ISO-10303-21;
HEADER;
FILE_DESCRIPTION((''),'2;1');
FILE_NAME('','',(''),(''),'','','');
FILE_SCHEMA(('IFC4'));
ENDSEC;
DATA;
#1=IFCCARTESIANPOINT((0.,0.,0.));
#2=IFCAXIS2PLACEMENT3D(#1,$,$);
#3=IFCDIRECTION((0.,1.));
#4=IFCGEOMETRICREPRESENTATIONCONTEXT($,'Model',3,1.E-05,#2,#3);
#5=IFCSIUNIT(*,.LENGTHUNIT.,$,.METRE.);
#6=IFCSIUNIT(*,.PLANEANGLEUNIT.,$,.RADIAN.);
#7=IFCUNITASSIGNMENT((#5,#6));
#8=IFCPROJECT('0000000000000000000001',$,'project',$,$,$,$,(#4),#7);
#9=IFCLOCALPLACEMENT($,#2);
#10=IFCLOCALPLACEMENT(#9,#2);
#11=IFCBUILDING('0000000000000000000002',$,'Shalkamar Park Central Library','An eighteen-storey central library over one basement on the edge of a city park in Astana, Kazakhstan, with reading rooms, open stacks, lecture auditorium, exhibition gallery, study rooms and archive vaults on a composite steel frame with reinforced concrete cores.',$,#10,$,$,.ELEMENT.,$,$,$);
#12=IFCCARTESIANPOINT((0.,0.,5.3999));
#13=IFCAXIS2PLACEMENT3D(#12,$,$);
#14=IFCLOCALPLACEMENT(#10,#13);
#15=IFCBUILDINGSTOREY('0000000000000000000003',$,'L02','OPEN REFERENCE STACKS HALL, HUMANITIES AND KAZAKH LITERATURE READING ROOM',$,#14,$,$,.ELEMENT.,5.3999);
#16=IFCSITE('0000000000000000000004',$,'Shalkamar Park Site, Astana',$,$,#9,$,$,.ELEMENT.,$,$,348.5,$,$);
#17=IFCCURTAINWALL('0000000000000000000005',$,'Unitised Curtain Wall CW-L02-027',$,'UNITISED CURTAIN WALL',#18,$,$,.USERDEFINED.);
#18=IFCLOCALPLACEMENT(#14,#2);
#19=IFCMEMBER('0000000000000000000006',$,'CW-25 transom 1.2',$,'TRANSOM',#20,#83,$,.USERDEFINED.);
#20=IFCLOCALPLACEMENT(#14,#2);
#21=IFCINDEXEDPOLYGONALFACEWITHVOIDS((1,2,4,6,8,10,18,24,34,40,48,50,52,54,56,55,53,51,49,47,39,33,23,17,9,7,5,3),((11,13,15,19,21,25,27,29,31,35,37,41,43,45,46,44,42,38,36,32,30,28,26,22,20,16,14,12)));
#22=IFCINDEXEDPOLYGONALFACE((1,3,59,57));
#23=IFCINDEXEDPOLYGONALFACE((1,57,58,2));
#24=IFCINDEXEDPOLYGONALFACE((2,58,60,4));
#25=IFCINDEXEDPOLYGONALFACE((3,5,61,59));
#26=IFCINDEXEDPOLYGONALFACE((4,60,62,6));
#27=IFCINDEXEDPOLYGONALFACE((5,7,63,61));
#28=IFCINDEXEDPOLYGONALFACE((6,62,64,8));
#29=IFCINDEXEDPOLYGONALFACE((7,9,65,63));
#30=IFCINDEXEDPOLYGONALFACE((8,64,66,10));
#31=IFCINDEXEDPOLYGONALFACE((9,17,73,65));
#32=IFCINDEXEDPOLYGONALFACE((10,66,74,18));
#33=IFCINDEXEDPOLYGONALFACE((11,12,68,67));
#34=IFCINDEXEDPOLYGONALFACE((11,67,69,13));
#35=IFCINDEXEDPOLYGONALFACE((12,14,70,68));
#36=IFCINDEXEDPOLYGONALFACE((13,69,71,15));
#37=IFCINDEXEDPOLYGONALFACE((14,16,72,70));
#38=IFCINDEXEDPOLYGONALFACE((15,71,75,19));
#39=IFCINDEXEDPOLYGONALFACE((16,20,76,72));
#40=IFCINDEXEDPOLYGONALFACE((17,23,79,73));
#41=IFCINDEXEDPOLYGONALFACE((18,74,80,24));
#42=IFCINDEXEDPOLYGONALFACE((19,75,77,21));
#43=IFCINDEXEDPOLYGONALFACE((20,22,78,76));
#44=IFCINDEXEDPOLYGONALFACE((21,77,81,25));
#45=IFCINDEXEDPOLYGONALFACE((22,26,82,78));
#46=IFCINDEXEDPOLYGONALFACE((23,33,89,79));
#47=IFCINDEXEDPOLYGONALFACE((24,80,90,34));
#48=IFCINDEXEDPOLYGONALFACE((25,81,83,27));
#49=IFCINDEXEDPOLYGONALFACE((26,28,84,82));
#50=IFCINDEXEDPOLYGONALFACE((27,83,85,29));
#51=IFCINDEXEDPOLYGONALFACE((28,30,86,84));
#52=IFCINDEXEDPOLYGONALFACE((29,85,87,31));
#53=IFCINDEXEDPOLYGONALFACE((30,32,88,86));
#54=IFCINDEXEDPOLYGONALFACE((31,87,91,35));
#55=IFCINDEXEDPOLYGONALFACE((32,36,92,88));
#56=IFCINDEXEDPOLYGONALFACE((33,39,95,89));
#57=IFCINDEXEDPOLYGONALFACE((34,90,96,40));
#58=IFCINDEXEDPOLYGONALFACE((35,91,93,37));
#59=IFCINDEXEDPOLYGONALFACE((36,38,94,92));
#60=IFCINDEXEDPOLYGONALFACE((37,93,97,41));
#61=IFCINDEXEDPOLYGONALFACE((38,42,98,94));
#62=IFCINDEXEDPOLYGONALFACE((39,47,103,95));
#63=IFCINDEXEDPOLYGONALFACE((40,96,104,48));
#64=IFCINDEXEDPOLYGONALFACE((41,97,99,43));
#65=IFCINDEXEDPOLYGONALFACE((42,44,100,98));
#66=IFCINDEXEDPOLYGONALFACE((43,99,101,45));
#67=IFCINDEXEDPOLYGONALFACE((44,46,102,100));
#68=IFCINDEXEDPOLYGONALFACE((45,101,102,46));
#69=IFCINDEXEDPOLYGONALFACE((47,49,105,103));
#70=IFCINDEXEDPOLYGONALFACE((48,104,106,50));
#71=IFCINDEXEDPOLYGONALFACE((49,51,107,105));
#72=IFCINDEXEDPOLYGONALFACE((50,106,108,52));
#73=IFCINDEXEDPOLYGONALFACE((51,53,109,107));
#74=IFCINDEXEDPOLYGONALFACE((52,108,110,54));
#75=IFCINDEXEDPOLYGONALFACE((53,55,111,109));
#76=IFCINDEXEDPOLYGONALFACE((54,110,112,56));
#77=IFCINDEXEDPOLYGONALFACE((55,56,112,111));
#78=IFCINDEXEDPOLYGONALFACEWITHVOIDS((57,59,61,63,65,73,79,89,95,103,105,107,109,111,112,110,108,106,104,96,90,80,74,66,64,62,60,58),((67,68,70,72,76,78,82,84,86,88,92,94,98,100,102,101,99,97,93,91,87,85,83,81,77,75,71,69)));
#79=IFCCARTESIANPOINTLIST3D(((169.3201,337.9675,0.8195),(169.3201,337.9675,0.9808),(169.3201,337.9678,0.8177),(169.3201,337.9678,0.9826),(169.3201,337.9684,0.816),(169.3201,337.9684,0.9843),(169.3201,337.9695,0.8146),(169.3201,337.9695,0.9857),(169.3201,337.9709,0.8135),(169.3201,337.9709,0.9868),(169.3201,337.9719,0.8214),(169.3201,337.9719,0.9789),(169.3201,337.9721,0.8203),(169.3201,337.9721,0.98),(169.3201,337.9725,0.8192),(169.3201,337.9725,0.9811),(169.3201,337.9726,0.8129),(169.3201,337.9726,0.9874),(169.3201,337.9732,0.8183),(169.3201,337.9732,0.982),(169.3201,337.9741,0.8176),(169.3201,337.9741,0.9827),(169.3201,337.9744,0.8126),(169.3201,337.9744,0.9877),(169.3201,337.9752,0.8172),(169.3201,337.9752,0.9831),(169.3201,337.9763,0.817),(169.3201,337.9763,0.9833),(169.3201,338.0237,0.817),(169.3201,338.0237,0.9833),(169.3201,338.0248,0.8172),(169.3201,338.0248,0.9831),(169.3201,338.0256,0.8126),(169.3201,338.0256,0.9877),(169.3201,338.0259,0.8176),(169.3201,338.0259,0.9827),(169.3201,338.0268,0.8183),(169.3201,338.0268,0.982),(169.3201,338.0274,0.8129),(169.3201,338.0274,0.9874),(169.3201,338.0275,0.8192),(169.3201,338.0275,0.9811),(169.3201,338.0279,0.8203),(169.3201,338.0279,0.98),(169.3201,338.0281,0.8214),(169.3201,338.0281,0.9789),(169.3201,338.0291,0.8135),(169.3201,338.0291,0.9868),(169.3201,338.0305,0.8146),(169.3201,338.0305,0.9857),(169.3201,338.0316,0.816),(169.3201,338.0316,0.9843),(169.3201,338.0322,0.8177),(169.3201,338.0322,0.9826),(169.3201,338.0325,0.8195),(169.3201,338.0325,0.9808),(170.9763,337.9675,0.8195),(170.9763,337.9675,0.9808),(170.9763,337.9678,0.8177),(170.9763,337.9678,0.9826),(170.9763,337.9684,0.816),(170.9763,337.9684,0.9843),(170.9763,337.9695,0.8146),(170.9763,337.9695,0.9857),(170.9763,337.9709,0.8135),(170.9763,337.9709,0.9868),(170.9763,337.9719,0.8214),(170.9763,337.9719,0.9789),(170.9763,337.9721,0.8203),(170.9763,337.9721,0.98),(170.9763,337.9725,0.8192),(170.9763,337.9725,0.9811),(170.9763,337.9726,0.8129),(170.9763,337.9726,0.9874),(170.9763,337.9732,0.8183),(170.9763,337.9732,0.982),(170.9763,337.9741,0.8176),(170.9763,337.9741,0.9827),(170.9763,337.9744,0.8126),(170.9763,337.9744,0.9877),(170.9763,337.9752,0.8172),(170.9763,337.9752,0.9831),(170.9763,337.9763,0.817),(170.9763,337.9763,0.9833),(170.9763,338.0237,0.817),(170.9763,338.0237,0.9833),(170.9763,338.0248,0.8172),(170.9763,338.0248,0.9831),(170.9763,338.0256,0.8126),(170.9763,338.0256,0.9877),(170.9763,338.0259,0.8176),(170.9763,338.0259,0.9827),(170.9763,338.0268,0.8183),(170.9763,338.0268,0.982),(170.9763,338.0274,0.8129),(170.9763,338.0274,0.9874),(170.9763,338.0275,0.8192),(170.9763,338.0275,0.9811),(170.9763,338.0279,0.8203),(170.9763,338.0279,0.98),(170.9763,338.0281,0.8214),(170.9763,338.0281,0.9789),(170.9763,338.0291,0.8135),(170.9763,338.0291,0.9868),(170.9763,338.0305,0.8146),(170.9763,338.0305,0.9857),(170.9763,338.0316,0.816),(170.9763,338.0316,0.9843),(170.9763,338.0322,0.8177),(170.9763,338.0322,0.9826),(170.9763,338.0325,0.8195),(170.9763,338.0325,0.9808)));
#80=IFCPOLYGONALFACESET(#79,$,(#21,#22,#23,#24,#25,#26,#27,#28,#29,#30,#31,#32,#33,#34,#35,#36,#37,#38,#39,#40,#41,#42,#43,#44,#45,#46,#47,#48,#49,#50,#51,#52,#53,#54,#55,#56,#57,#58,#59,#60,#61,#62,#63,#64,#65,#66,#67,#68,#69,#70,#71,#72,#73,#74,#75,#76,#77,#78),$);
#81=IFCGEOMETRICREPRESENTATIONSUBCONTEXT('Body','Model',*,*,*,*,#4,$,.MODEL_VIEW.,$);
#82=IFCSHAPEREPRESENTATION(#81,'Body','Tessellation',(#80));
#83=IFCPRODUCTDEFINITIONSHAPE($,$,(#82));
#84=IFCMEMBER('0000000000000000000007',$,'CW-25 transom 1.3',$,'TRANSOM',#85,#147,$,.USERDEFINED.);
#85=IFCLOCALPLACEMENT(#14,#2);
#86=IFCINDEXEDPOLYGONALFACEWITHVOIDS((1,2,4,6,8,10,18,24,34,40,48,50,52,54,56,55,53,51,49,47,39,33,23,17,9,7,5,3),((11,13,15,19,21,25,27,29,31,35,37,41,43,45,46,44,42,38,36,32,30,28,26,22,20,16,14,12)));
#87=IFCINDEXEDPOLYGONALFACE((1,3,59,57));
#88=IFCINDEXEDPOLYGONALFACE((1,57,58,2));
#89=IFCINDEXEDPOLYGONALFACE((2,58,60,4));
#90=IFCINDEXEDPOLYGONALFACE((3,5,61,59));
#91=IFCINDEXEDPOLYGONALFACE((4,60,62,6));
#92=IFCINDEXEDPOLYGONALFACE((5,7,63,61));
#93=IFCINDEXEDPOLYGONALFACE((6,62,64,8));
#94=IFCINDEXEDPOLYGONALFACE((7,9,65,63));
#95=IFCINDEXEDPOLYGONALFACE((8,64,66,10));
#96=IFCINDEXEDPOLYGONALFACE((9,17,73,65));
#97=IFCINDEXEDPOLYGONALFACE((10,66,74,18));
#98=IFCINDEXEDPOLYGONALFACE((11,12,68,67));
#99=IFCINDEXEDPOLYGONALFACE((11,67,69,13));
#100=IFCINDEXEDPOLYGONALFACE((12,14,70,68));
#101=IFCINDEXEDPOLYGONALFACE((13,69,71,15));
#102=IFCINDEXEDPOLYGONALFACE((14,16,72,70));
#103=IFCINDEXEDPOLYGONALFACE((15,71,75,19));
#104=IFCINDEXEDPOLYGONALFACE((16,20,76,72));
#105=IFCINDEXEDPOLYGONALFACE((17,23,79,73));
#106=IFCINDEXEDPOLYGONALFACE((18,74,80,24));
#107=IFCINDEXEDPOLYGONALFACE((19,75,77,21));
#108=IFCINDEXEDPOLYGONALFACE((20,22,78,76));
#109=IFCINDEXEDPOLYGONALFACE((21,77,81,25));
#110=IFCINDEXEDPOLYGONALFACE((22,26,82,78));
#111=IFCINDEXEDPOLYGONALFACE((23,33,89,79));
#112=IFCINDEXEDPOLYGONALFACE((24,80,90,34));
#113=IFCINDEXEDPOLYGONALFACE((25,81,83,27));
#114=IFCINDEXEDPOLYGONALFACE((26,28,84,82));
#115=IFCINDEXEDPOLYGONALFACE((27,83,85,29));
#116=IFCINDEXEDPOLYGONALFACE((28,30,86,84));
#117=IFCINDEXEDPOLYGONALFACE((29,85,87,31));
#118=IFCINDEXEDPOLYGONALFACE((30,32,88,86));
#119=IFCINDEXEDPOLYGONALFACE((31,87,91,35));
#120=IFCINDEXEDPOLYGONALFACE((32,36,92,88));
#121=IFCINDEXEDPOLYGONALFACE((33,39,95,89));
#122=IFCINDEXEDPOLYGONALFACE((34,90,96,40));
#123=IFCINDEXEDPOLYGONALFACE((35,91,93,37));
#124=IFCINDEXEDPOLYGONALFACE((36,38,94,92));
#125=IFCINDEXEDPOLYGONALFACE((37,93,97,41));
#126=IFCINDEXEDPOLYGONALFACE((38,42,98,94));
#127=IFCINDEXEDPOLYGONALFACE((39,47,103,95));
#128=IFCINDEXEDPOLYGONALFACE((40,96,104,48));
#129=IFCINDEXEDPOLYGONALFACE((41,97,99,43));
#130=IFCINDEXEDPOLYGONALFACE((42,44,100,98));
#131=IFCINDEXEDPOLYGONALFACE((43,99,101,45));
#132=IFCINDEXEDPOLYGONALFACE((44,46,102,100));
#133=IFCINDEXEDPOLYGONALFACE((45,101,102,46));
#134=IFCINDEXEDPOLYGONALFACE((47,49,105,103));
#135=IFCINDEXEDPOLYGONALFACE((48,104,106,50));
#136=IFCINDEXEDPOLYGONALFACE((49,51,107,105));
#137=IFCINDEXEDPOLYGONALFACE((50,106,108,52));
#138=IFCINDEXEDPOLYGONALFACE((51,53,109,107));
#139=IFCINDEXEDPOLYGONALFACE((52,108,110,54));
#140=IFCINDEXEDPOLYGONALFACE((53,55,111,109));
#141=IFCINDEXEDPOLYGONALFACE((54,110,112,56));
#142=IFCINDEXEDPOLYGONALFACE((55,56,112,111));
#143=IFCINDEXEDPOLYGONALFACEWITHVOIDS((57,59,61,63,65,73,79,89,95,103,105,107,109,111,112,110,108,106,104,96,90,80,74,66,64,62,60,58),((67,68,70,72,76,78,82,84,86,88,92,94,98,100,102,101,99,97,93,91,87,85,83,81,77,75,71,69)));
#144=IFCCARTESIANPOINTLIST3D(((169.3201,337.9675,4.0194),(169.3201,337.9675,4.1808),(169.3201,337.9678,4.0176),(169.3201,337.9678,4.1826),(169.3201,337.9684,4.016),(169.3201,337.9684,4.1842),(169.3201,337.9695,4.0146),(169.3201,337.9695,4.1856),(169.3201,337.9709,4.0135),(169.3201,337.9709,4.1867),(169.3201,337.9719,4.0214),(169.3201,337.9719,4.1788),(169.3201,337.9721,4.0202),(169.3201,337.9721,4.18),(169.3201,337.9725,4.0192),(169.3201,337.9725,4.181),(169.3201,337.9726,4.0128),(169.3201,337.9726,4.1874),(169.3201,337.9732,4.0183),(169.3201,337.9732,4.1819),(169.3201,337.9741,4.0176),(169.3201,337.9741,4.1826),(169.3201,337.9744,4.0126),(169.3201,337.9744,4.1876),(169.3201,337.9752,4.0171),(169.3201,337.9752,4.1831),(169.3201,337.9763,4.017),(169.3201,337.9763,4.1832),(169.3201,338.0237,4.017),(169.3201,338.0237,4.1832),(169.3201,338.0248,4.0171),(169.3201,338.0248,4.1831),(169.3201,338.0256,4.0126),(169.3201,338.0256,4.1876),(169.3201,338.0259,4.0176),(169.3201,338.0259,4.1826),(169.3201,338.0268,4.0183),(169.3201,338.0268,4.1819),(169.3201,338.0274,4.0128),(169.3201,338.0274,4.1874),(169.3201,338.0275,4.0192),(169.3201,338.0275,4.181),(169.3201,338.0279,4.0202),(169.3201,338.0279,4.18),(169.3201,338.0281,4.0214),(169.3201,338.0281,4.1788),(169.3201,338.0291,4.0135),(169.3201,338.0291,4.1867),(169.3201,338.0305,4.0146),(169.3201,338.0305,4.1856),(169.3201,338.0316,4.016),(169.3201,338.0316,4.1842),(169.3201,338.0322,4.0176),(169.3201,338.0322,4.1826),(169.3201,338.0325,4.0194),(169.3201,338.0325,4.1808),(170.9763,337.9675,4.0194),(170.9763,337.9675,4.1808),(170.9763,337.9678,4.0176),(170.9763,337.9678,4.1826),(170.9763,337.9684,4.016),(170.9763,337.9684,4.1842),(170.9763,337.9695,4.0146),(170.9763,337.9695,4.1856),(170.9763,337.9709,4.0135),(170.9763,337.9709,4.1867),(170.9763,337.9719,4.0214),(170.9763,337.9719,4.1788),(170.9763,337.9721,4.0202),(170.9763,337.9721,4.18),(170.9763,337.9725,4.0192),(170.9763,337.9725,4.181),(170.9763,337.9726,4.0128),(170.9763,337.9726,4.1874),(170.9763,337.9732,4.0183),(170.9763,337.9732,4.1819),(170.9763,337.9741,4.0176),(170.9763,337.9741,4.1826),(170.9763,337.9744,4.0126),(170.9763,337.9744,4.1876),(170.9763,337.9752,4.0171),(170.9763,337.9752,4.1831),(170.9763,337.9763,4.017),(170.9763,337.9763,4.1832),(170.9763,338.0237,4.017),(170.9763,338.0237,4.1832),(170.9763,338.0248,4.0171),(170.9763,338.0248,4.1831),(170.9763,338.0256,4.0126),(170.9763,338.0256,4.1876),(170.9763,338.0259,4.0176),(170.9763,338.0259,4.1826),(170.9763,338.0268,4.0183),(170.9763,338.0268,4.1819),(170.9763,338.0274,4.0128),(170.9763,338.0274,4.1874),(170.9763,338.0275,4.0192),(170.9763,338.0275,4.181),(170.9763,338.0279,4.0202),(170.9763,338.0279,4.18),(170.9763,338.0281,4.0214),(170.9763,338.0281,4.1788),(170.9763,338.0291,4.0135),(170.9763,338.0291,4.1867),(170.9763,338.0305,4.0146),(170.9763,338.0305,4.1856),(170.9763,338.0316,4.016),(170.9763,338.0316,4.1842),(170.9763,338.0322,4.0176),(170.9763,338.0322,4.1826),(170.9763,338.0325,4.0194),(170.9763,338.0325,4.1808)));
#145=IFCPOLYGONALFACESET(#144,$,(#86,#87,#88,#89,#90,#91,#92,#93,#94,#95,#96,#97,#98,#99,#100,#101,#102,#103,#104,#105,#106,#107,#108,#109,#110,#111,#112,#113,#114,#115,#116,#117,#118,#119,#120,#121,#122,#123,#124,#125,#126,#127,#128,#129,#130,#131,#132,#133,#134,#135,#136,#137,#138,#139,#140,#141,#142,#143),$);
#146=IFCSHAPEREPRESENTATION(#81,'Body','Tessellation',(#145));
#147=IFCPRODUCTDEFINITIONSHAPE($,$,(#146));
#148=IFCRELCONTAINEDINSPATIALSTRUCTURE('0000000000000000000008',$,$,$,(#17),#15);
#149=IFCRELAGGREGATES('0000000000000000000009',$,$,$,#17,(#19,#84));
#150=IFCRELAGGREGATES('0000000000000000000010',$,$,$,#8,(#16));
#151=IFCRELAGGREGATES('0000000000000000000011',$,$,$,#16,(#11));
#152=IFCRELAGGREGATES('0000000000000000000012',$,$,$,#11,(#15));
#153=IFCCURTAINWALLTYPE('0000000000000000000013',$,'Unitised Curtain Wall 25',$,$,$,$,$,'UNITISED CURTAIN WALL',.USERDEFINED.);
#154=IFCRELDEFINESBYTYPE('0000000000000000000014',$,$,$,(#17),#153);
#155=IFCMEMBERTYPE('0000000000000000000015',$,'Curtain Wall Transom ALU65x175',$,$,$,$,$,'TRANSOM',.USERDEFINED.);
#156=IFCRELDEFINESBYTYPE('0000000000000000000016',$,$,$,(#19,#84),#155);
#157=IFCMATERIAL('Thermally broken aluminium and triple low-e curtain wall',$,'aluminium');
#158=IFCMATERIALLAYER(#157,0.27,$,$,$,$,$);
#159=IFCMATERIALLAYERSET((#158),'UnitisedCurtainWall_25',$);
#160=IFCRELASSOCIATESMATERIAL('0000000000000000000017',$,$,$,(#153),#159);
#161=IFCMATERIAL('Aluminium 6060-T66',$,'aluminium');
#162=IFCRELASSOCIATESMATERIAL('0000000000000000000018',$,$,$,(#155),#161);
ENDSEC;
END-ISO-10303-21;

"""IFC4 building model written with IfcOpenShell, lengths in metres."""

from ifc_helpers import new_model, si_unit, direction, frame, origin, origin_2d, place, context, subcontext, project, spatial, hollow_rectangle, extrude, material, layer, layer_set, material_profile, profile_set, type_object, element, aggregate, save


model = new_model("IFC4")

# Units and contexts
model_context = context("Model", 3, precision=1e-05, world=origin(), true_north=direction((0.0, 1.0)))
body_context = subcontext(model_context, "Body", "Model", "MODEL_VIEW")
ifc_project = project(units=[si_unit("LENGTHUNIT", "METRE"), si_unit("PLANEANGLEUNIT", "RADIAN")], contexts=[model_context])

# Site, building, storey
site_placement = place(None, origin())
site = spatial("IfcSite", under=ifc_project, at=site_placement, Name="Shalkamar Park Site, Astana", CompositionType="ELEMENT", RefElevation=348.5)
building_placement = place(site_placement, origin())
building = spatial("IfcBuilding", under=site, at=building_placement, Name="Shalkamar Park Central Library", Description="An eighteen-storey central library over one basement on the edge of a city park in Astana, Kazakhstan, with reading rooms, open stacks, lecture auditorium, exhibition gallery, study rooms and archive vaults on a composite steel frame with reinforced concrete cores.", CompositionType="ELEMENT")
storey_placement = place(building_placement, frame((0.0, 0.0, 5.3999)))
storey = spatial("IfcBuildingStorey", under=building, at=storey_placement, Name="L02", Description="OPEN REFERENCE STACKS HALL, HUMANITIES AND KAZAKH LITERATURE READING ROOM", CompositionType="ELEMENT", Elevation=5.3999)

# Curtain wall
ifc_material_1 = material(Name="Thermally broken aluminium and triple low-e curtain wall", Category="aluminium")
ifc_material_2 = material(Name="Aluminium 6060-T66", Category="aluminium")
ifc_layer_1 = layer(ifc_material_1, 0.27)
ifc_layer_set_1 = layer_set([ifc_layer_1], Name="UnitisedCurtainWall_25")
curtain_wall_type_1 = type_object("IfcCurtainWallType", Name="Unitised Curtain Wall 25", ElementType="UNITISED CURTAIN WALL", PredefinedType="USERDEFINED", material=ifc_layer_set_1)
curtain_wall_1_placement = place(storey_placement, origin())
curtain_wall_1 = element("IfcCurtainWall", 1, at=curtain_wall_1_placement, inside=storey, type_object=curtain_wall_type_1, Name="Unitised Curtain Wall CW-L02-027", ObjectType="UNITISED CURTAIN WALL", PredefinedType="USERDEFINED")

# Members
ifc_material_profile_1 = material_profile(ifc_material_2, hollow_rectangle(XDim=0.0649, YDim=0.175, WallThickness=0.0044, InnerFilletRadius=0.0044, OuterFilletRadius=0.0068, at=origin_2d()), Name="ALU 65x175x4.5")
ifc_profile_set_1 = profile_set([ifc_material_profile_1], Name="Aluminium 6060-T66")
member_type_1 = type_object("IfcMemberType", Name="Curtain Wall Transom ALU65x175", ElementType="TRANSOM", PredefinedType="USERDEFINED", material=ifc_profile_set_1)
member_1_placement = place(storey_placement, frame((169.3201, 338.0, 0.9001), z_axis=(1.0, 0.0, 0.0), x_axis=(0.0, 1.0, 0.0)))
member_1 = element("IfcMember", 2, at=member_1_placement, type_object=member_type_1, Name="CW-25 transom 1.2", ObjectType="TRANSOM", PredefinedType="USERDEFINED", context=body_context, shape_type="SweptSolid", body=[
    extrude(hollow_rectangle(XDim=0.0649, YDim=0.175, WallThickness=0.0044, InnerFilletRadius=0.0044, OuterFilletRadius=0.0068, at=origin_2d()), origin(), (0.0, 0.0, 1.0), 1.6562),
])
member_2_placement = place(storey_placement, frame((169.3201, 338.0, 4.1001), z_axis=(1.0, 0.0, 0.0), x_axis=(0.0, 1.0, 0.0)))
member_2 = element("IfcMember", 3, at=member_2_placement, type_object=member_type_1, Name="CW-25 transom 1.3", ObjectType="TRANSOM", PredefinedType="USERDEFINED", context=body_context, shape_type="SweptSolid", body=[
    extrude(hollow_rectangle(XDim=0.0649, YDim=0.175, WallThickness=0.0044, InnerFilletRadius=0.0044, OuterFilletRadius=0.0068, at=origin_2d()), origin(), (0.0, 0.0, 1.0), 1.6562),
])

aggregate(curtain_wall_1, [member_1, member_2])

save(model, "model.ifc")
